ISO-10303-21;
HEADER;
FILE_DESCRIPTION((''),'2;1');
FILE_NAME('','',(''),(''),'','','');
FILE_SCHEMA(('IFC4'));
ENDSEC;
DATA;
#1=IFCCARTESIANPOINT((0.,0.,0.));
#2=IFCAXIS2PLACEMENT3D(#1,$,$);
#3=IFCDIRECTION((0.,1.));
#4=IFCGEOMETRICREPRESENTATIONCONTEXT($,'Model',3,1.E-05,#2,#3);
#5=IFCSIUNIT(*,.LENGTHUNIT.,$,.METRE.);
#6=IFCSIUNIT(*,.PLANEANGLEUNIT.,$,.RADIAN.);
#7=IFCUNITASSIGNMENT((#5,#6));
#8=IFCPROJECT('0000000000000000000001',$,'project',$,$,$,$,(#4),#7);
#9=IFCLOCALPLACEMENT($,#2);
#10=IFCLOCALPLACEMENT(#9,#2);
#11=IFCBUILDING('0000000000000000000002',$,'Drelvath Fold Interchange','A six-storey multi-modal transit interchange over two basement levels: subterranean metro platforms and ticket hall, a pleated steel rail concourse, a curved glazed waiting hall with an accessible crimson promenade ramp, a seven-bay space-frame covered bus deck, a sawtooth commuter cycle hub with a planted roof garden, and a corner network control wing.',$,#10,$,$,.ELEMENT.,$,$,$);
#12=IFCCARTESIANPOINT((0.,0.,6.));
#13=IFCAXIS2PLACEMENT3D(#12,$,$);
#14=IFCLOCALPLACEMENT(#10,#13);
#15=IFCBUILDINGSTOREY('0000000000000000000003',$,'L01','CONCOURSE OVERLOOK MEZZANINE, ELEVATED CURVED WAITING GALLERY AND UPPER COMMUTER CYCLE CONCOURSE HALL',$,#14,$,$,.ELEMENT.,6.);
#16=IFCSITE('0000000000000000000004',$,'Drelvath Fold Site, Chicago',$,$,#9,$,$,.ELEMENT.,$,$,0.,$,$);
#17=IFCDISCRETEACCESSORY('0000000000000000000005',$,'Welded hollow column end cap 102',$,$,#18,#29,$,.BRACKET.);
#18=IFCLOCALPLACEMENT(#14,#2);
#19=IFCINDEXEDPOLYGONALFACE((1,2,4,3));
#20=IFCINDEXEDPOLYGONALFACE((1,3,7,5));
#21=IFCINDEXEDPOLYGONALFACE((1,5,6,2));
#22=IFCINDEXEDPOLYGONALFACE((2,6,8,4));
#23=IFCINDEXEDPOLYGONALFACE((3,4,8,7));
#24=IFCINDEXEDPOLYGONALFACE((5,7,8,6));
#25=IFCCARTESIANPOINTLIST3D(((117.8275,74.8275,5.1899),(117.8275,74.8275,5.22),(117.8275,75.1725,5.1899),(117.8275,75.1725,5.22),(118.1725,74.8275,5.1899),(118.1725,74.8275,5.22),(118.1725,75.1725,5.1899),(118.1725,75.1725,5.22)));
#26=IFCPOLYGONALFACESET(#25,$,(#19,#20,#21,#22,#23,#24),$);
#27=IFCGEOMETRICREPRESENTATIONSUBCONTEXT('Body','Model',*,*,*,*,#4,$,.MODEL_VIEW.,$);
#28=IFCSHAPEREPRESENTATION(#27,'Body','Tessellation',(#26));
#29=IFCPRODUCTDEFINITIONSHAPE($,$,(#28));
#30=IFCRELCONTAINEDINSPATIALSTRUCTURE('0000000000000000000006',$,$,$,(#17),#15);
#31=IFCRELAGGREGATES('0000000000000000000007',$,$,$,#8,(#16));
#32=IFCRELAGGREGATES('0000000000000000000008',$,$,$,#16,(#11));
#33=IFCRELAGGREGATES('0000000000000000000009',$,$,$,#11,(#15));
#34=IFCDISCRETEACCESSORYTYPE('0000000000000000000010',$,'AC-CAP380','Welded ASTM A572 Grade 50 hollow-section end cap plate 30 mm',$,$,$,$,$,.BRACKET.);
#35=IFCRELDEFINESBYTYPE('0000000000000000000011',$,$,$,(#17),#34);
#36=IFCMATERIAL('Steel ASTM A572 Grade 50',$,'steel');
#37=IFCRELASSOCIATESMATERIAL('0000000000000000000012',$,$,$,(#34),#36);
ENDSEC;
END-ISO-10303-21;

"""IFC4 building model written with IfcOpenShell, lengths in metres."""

from ifc_helpers import new_model, si_unit, direction, frame, origin, origin_2d, place, context, subcontext, project, spatial, rectangle, extrude, material, type_object, element, save


model = new_model("IFC4")

# Units and contexts
model_context = context("Model", 3, precision=1e-05, world=origin(), true_north=direction((0.0, 1.0)))
body_context = subcontext(model_context, "Body", "Model", "MODEL_VIEW")
ifc_project = project(units=[si_unit("LENGTHUNIT", "METRE"), si_unit("PLANEANGLEUNIT", "RADIAN")], contexts=[model_context])

# Site, building, storey
site_placement = place(None, origin())
site = spatial("IfcSite", under=ifc_project, at=site_placement, Name="Drelvath Fold Site, Chicago", CompositionType="ELEMENT", RefElevation=0.0)
building_placement = place(site_placement, origin())
building = spatial("IfcBuilding", under=site, at=building_placement, Name="Drelvath Fold Interchange", Description="A six-storey multi-modal transit interchange over two basement levels: subterranean metro platforms and ticket hall, a pleated steel rail concourse, a curved glazed waiting hall with an accessible crimson promenade ramp, a seven-bay space-frame covered bus deck, a sawtooth commuter cycle hub with a planted roof garden, and a corner network control wing.", CompositionType="ELEMENT")
storey_placement = place(building_placement, frame((0.0, 0.0, 6.0)))
storey = spatial("IfcBuildingStorey", under=building, at=storey_placement, Name="L01", Description="CONCOURSE OVERLOOK MEZZANINE, ELEVATED CURVED WAITING GALLERY AND UPPER COMMUTER CYCLE CONCOURSE HALL", CompositionType="ELEMENT", Elevation=6.0)

# Discrete accessory
ifc_material_1 = material(Name="Steel ASTM A572 Grade 50", Category="steel")
discrete_accessory_type = type_object("IfcDiscreteAccessoryType", Name="AC-CAP380", Description="Welded ASTM A572 Grade 50 hollow-section end cap plate 30 mm", PredefinedType="BRACKET", material=ifc_material_1)
for number, where, z_axis, x_axis, name in (
    (1, (118.0, 75.0, 5.1899), (0.0, 0.0, 1.0), (1.0, 0.0, 0.0), "Welded hollow column end cap 102"),
):
    element("IfcDiscreteAccessory", number, at=place(storey_placement, frame(where, z_axis=z_axis, x_axis=x_axis)), inside=storey, type_object=discrete_accessory_type, Name=name, PredefinedType="BRACKET", context=body_context, shape_type="SweptSolid", body=[
        extrude(rectangle(XDim=0.345, YDim=0.345, at=origin_2d()), origin(), (0.0, 0.0, 1.0), 0.03),
    ])

save(model, "model.ifc")
